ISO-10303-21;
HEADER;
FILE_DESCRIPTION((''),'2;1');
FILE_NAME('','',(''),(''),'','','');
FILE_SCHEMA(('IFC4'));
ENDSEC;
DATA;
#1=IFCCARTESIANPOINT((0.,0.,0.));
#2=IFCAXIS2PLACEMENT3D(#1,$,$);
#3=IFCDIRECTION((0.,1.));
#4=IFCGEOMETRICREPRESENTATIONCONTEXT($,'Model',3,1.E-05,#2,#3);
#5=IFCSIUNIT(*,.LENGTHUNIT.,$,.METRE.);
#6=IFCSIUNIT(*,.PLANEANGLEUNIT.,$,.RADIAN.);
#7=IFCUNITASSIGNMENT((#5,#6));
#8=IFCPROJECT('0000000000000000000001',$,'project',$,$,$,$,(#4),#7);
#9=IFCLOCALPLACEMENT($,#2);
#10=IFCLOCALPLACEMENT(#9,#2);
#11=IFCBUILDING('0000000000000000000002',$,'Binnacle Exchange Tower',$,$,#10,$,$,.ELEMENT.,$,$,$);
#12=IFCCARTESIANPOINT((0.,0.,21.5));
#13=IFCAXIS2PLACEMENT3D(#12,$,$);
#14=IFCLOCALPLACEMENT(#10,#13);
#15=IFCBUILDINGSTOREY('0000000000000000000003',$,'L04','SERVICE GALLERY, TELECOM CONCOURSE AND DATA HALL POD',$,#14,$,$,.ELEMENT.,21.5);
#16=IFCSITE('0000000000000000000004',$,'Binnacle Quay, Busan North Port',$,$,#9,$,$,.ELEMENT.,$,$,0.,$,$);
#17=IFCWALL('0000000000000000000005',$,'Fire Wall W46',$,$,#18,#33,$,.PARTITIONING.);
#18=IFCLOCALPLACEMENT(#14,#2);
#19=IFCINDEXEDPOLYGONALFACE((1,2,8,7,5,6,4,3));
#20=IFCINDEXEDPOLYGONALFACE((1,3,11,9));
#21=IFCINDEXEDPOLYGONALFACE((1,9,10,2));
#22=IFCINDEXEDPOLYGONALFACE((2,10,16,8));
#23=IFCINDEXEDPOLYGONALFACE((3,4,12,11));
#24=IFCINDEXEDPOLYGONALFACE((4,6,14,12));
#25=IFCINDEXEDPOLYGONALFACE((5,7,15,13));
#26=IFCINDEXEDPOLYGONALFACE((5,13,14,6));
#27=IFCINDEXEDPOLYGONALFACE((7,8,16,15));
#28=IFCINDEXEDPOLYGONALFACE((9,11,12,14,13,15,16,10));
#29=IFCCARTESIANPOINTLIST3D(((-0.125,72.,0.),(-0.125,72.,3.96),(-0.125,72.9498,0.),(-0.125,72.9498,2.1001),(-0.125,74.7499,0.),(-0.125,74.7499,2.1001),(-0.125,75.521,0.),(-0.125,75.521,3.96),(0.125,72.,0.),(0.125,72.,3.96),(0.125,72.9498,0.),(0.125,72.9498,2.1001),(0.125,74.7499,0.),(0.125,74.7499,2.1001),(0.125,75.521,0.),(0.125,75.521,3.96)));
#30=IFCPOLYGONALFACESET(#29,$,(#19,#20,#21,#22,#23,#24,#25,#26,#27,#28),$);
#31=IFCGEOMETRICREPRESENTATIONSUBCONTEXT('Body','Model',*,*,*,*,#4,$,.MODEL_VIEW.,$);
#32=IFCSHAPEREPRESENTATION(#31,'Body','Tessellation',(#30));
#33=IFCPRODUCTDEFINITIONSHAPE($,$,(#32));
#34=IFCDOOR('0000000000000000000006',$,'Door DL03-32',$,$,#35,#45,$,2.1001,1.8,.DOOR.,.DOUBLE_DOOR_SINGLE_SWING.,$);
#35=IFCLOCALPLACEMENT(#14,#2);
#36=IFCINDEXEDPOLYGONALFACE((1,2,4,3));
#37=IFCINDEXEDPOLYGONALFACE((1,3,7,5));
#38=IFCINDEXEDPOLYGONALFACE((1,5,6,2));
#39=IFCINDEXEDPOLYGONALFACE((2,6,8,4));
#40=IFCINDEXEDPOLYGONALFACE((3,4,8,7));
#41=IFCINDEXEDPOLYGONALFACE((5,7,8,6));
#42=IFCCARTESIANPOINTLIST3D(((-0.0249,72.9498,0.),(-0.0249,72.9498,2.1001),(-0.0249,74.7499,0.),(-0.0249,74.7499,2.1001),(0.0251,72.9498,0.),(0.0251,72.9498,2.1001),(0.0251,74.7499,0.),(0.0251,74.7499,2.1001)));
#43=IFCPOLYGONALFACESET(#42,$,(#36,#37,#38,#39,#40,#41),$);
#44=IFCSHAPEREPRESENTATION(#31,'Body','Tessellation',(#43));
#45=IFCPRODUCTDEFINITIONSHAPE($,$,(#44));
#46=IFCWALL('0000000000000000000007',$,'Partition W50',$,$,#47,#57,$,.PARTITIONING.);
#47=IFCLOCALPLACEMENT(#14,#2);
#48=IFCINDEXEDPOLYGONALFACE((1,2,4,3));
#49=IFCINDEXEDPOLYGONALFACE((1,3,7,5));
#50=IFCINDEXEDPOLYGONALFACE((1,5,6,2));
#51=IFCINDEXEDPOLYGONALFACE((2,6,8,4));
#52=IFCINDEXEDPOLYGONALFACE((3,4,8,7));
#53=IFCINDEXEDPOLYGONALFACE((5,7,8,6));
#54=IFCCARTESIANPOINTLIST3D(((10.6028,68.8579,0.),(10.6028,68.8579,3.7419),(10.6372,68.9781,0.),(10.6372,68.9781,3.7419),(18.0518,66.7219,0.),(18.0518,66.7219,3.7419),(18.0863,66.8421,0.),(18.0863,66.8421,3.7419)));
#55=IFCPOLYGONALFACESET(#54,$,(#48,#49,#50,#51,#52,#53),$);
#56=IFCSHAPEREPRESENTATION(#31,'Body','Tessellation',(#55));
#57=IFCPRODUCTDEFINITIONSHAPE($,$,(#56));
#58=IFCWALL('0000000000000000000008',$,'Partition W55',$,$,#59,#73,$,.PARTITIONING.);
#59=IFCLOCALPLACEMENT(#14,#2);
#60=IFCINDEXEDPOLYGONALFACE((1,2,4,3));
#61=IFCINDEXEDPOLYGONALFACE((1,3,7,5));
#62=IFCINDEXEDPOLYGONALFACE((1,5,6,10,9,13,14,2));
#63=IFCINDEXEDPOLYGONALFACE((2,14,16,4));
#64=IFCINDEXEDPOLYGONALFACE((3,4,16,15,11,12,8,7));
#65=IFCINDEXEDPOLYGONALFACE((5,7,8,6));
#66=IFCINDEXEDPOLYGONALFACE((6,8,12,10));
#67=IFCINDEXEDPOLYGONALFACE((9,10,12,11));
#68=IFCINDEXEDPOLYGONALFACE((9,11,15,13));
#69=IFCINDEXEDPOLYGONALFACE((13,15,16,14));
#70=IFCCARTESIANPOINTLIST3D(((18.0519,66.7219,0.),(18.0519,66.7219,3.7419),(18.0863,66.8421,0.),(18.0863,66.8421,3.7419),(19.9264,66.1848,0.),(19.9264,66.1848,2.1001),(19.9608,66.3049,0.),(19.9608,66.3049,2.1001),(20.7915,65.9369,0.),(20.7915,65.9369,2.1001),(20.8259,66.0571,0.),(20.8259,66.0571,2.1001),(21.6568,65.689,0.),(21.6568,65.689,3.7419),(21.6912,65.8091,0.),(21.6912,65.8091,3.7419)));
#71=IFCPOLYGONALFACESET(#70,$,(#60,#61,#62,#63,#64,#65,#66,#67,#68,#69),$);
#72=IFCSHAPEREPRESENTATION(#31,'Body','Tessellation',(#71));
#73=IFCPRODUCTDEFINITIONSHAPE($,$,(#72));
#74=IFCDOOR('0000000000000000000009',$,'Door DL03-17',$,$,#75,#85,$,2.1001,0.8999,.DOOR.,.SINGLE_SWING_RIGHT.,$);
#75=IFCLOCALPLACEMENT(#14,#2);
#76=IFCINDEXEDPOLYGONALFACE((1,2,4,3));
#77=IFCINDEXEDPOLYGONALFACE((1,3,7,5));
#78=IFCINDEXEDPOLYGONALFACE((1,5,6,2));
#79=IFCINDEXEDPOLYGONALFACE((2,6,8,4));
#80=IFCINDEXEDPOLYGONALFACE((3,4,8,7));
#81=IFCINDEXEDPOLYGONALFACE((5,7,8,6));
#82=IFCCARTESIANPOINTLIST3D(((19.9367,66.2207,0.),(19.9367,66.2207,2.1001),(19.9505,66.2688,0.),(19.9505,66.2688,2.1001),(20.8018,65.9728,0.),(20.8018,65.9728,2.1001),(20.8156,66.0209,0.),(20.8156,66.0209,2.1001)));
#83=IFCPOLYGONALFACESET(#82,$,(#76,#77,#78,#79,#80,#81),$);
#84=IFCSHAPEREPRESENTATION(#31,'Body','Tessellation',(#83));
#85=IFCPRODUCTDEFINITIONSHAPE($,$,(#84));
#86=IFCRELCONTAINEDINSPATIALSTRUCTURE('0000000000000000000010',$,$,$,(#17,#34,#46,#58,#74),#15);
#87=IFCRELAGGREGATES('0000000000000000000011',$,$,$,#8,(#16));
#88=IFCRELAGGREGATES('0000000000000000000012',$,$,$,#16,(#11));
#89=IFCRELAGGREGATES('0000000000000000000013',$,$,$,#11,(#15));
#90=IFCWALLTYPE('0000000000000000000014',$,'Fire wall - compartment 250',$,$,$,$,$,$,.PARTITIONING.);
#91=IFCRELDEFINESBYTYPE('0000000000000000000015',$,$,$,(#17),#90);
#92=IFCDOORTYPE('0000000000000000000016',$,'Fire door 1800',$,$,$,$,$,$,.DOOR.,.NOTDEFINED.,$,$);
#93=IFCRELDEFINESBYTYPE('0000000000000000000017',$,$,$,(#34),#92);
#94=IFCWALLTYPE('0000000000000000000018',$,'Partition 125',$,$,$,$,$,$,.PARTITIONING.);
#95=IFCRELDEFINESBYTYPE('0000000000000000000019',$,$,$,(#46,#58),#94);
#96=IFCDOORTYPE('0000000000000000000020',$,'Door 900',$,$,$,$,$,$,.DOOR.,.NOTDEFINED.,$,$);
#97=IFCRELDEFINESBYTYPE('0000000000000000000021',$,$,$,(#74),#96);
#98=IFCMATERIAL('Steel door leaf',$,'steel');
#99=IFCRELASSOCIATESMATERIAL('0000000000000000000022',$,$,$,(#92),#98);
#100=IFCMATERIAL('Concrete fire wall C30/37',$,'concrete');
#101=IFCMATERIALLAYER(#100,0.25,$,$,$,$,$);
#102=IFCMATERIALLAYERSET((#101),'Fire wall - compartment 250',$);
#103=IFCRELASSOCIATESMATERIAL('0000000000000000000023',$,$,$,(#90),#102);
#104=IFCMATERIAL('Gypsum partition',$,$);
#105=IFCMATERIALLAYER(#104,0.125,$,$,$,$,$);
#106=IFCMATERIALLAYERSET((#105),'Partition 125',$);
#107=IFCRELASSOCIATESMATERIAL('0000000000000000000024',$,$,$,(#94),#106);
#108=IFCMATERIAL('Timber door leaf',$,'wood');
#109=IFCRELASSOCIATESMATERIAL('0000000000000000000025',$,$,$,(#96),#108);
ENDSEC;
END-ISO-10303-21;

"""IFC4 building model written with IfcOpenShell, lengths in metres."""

from ifc_helpers import new_model, si_unit, direction, frame, frame_2d, origin, place, context, subcontext, project, spatial, rectangle, extrude, material, layer, layer_set, type_object, element, fill, save


model = new_model("IFC4")

# Units and contexts
model_context = context("Model", 3, precision=1e-05, world=origin(), true_north=direction((0.0, 1.0)))
body_context = subcontext(model_context, "Body", "Model", "MODEL_VIEW")
ifc_project = project(units=[si_unit("LENGTHUNIT", "METRE"), si_unit("PLANEANGLEUNIT", "RADIAN")], contexts=[model_context])

# Site, building, storey
site_placement = place(None, origin())
site = spatial("IfcSite", under=ifc_project, at=site_placement, Name="Binnacle Quay, Busan North Port", CompositionType="ELEMENT", RefElevation=0.0)
building_placement = place(site_placement, origin())
building = spatial("IfcBuilding", under=site, at=building_placement, Name="Binnacle Exchange Tower", CompositionType="ELEMENT")
storey_placement = place(building_placement, frame((0.0, 0.0, 21.5)))
storey = spatial("IfcBuildingStorey", under=building, at=storey_placement, Name="L04", Description="SERVICE GALLERY, TELECOM CONCOURSE AND DATA HALL POD", CompositionType="ELEMENT", Elevation=21.5)

# Shared definitions
ifc_material_1 = material(Name="Steel door leaf", Category="steel")
door_type_1 = type_object("IfcDoorType", Name="Fire door 1800", OperationType="NOTDEFINED", PredefinedType="DOOR", material=ifc_material_1)

# Shared definitions
ifc_material_2 = material(Name="Concrete fire wall C30/37", Category="concrete")
ifc_layer_1 = layer(ifc_material_2, 0.25)
ifc_layer_set_1 = layer_set([ifc_layer_1], Name="Fire wall - compartment 250")
wall_type_1 = type_object("IfcWallType", Name="Fire wall - compartment 250", PredefinedType="PARTITIONING", material=ifc_layer_set_1)

# Wall, opening, door
wall_1_placement = place(storey_placement, frame((0.0, 72.0, 0.0), z_axis=(0.0, 0.0, 1.0), x_axis=(0.0, 1.0, 0.0)))
wall_1 = element("IfcWall", 1, at=wall_1_placement, inside=storey, type_object=wall_type_1, Name="Fire Wall W46", PredefinedType="PARTITIONING", context=body_context, shape_type="SweptSolid", body=[
    extrude(rectangle(XDim=3.521, YDim=0.25, at=frame_2d((1.7605, 0.0))), origin(), (0.0, 0.0, 1.0), 3.96),
])
opening_1_placement = place(wall_1_placement, frame((0.95, 0.0, 0.0)))
opening_1 = element("IfcOpeningElement", 2, at=opening_1_placement, cuts=wall_1, PredefinedType="OPENING", context=body_context, shape_type="SweptSolid", body=[
    extrude(rectangle(XDim=1.8, YDim=2.1001, at=frame_2d((0.8999, 1.05))), frame((0.0, 0.135, 0.0), z_axis=(0.0, -1.0, 0.0), x_axis=(1.0, 0.0, 0.0)), (0.0, 0.0, 1.0), 0.27),
])
door_1_placement = place(opening_1_placement, origin())
door_1 = element("IfcDoor", 3, at=door_1_placement, inside=storey, type_object=door_type_1, Name="Door DL03-32", OperationType="DOUBLE_DOOR_SINGLE_SWING", OverallHeight=2.1001, OverallWidth=1.8, PredefinedType="DOOR", context=body_context, shape_type="SweptSolid", body=[
    extrude(rectangle(XDim=1.8, YDim=2.1001, at=frame_2d((0.8999, 1.05))), frame((0.0, 0.0249, 0.0), z_axis=(0.0, -1.0, 0.0), x_axis=(1.0, 0.0, 0.0)), (0.0, 0.0, 1.0), 0.05),
])
fill(opening_1, door_1)

# Wall
ifc_material_3 = material(Name="Gypsum partition")
ifc_layer_2 = layer(ifc_material_3, 0.125)
ifc_layer_set_2 = layer_set([ifc_layer_2], Name="Partition 125")
wall_type_2 = type_object("IfcWallType", Name="Partition 125", PredefinedType="PARTITIONING", material=ifc_layer_set_2)
wall_2_placement = place(storey_placement, frame((10.6201, 68.918, 0.0), z_axis=(0.0, 0.0, 1.0), x_axis=(0.961261, -0.275641, 0.0)))
element("IfcWall", 4, at=wall_2_placement, inside=storey, type_object=wall_type_2, Name="Partition W50", PredefinedType="PARTITIONING", context=body_context, shape_type="SweptSolid", body=[
    extrude(rectangle(XDim=7.7493, YDim=0.125, at=frame_2d((3.8745, 0.0))), origin(), (0.0, 0.0, 1.0), 3.7419),
])

# Wall, opening, door
wall_3_placement = place(storey_placement, frame((18.0691, 66.782, 0.0), z_axis=(0.0, 0.0, 1.0), x_axis=(0.961315, -0.275452, 0.0)))
wall_3 = element("IfcWall", 5, at=wall_3_placement, inside=storey, type_object=wall_type_2, Name="Partition W55", PredefinedType="PARTITIONING", context=body_context, shape_type="SweptSolid", body=[
    extrude(rectangle(XDim=3.75, YDim=0.125, at=frame_2d((1.875, 0.0))), origin(), (0.0, 0.0, 1.0), 3.7419),
])
opening_2_placement = place(wall_3_placement, frame((1.95, 0.0, 0.0)))
opening_2 = element("IfcOpeningElement", 6, at=opening_2_placement, cuts=wall_3, PredefinedType="OPENING", context=body_context, shape_type="SweptSolid", body=[
    extrude(rectangle(XDim=0.8999, YDim=2.1001, at=frame_2d((0.45, 1.05))), frame((0.0, 0.0725, 0.0), z_axis=(0.0, -1.0, 0.0), x_axis=(1.0, 0.0, 0.0)), (0.0, 0.0, 1.0), 0.145),
])
ifc_material_4 = material(Name="Timber door leaf", Category="wood")
door_type_2 = type_object("IfcDoorType", Name="Door 900", OperationType="NOTDEFINED", PredefinedType="DOOR", material=ifc_material_4)
door_2_placement = place(opening_2_placement, origin())
door_2 = element("IfcDoor", 7, at=door_2_placement, inside=storey, type_object=door_type_2, Name="Door DL03-17", OperationType="SINGLE_SWING_RIGHT", OverallHeight=2.1001, OverallWidth=0.8999, PredefinedType="DOOR", context=body_context, shape_type="SweptSolid", body=[
    extrude(rectangle(XDim=0.8999, YDim=2.1001, at=frame_2d((0.45, 1.05))), frame((0.0, 0.0249, 0.0), z_axis=(0.0, -1.0, 0.0), x_axis=(1.0, 0.0, 0.0)), (0.0, 0.0, 1.0), 0.05),
])
fill(opening_2, door_2)

save(model, "model.ifc")
